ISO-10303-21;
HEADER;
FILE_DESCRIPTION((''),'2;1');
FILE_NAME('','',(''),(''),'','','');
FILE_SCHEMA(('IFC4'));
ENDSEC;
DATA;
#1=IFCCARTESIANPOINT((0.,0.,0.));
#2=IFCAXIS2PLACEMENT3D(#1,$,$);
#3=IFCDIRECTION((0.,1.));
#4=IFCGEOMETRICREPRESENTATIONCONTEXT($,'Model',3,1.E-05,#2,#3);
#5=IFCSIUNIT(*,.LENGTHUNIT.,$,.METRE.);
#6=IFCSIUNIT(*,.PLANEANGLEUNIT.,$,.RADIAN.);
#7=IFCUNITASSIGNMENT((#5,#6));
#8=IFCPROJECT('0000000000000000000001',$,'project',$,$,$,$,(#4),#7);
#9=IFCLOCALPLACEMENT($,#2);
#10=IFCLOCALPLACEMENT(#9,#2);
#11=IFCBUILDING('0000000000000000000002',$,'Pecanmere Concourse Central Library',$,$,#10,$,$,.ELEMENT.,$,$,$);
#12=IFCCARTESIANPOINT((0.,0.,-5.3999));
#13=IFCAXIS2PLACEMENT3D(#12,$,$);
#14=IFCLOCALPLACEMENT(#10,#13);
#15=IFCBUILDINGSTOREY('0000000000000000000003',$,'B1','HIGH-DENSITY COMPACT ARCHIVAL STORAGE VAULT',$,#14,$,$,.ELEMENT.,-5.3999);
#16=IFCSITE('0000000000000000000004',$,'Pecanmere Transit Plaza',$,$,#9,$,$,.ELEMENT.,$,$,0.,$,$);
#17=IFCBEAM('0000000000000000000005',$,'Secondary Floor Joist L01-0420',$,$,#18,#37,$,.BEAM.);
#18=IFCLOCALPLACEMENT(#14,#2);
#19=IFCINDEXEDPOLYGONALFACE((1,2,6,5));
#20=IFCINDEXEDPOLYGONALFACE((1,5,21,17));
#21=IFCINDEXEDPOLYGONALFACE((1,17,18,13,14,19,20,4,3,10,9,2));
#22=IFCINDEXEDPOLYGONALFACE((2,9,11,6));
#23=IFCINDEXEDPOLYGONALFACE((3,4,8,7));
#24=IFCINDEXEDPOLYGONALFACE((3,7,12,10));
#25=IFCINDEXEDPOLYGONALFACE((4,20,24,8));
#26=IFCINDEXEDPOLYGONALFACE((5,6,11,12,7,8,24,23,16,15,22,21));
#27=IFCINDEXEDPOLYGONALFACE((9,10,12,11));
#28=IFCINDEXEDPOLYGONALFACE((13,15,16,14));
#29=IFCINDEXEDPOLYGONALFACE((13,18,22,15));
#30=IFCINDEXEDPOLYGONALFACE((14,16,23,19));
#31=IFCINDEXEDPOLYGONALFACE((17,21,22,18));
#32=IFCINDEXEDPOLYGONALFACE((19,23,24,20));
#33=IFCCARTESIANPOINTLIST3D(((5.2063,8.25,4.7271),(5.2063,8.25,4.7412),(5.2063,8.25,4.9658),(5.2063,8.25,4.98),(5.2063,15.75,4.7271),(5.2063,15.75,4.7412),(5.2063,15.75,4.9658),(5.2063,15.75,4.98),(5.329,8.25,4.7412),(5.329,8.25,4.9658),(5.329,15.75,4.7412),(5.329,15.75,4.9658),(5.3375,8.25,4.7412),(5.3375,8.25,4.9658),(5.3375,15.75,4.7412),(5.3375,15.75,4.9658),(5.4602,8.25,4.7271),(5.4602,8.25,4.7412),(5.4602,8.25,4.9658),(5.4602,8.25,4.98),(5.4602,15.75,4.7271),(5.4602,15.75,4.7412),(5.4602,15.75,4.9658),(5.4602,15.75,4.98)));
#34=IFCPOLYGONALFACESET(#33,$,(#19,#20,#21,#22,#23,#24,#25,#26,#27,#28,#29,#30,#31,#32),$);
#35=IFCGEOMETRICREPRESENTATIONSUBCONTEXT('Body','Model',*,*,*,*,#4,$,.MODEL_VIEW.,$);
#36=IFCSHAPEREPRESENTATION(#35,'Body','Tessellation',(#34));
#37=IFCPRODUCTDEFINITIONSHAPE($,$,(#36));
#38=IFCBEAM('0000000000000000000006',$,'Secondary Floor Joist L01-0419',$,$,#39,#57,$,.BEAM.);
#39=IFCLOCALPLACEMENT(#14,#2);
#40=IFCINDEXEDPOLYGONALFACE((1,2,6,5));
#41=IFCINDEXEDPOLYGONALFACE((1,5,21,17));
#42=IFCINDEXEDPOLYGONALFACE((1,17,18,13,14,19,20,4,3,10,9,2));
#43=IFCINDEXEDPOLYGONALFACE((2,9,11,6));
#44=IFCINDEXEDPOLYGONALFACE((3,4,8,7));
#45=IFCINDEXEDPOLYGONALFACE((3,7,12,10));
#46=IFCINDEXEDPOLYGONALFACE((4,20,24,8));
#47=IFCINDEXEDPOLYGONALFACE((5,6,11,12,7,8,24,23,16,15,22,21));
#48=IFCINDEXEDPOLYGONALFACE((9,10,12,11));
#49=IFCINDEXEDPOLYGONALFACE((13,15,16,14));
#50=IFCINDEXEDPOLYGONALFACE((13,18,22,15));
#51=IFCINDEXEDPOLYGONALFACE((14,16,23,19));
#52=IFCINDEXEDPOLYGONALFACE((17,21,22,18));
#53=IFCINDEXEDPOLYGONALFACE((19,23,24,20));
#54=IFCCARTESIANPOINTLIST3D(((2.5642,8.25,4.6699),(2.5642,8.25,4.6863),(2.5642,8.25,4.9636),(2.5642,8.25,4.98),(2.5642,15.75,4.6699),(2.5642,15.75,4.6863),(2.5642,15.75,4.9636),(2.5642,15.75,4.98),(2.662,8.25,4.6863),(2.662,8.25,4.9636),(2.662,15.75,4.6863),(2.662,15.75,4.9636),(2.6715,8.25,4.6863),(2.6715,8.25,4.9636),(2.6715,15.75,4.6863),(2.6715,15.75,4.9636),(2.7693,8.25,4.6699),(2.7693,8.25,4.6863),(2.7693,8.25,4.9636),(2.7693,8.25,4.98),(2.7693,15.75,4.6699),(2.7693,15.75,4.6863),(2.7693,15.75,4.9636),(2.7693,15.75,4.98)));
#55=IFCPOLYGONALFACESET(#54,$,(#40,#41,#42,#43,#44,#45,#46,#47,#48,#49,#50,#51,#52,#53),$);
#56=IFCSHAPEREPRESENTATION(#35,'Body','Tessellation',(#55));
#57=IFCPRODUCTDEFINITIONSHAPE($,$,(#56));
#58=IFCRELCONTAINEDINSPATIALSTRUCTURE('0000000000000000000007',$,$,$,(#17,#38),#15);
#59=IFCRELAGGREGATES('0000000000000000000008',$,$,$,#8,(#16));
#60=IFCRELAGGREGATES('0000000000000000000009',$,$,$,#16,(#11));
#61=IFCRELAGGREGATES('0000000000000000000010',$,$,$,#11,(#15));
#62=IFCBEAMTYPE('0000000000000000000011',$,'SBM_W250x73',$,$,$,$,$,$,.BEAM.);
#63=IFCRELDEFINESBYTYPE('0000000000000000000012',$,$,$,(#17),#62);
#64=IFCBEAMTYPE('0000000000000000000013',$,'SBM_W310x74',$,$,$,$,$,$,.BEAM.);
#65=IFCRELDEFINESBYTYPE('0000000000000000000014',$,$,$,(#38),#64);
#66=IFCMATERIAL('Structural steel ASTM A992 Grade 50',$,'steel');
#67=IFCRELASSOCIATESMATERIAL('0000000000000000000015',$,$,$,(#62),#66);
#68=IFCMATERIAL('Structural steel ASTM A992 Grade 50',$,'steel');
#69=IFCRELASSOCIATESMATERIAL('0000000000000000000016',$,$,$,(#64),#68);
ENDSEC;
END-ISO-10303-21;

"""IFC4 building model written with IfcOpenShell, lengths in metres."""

from ifc_helpers import new_model, si_unit, direction, frame, origin, origin_2d, place, context, subcontext, project, spatial, i_section, extrude, material, material_profile, profile_set, type_object, element, save


model = new_model("IFC4")

# Units and contexts
model_context = context("Model", 3, precision=1e-05, world=origin(), true_north=direction((0.0, 1.0)))
body_context = subcontext(model_context, "Body", "Model", "MODEL_VIEW")
ifc_project = project(units=[si_unit("LENGTHUNIT", "METRE"), si_unit("PLANEANGLEUNIT", "RADIAN")], contexts=[model_context])

# Site, building, storey
site_placement = place(None, origin())
site = spatial("IfcSite", under=ifc_project, at=site_placement, Name="Pecanmere Transit Plaza", CompositionType="ELEMENT", RefElevation=0.0)
building_placement = place(site_placement, origin())
building = spatial("IfcBuilding", under=site, at=building_placement, Name="Pecanmere Concourse Central Library", CompositionType="ELEMENT")
storey_placement = place(building_placement, frame((0.0, 0.0, -5.3999)))
storey = spatial("IfcBuildingStorey", under=building, at=storey_placement, Name="B1", Description="HIGH-DENSITY COMPACT ARCHIVAL STORAGE VAULT", CompositionType="ELEMENT", Elevation=-5.3999)

# Beams
ifc_material_1 = material(Name="Structural steel ASTM A992 Grade 50", Category="steel")
ifc_material_profile_1 = material_profile(ifc_material_1, i_section(OverallWidth=0.2539, OverallDepth=0.2529, WebThickness=0.0085, FlangeThickness=0.0142, at=origin_2d()), Name="W250x73")
ifc_profile_set_1 = profile_set([ifc_material_profile_1], Name="Structural steel ASTM A992 Grade 50")
beam_type_1 = type_object("IfcBeamType", Name="SBM_W250x73", PredefinedType="BEAM", material=ifc_profile_set_1)
beam_1_placement = place(storey_placement, frame((5.3333, 8.25, 4.8535), z_axis=(0.0, 1.0, 0.0), x_axis=(-1.0, 0.0, 0.0)))
element("IfcBeam", 1, at=beam_1_placement, inside=storey, type_object=beam_type_1, Name="Secondary Floor Joist L01-0420", PredefinedType="BEAM", context=body_context, shape_type="SweptSolid", body=[
    extrude(i_section(OverallWidth=0.2539, OverallDepth=0.2529, WebThickness=0.0085, FlangeThickness=0.0142, at=origin_2d()), origin(), (0.0, 0.0, 1.0), 7.5),
])
ifc_material_2 = material(Name="Structural steel ASTM A992 Grade 50", Category="steel")
ifc_material_profile_2 = material_profile(ifc_material_2, i_section(OverallWidth=0.2051, OverallDepth=0.3101, WebThickness=0.0095, FlangeThickness=0.0164, at=origin_2d()), Name="W310x74")
ifc_profile_set_2 = profile_set([ifc_material_profile_2], Name="Structural steel ASTM A992 Grade 50")
beam_type_2 = type_object("IfcBeamType", Name="SBM_W310x74", PredefinedType="BEAM", material=ifc_profile_set_2)
beam_2_placement = place(storey_placement, frame((2.6667, 8.25, 4.825), z_axis=(0.0, 1.0, 0.0), x_axis=(-1.0, 0.0, 0.0)))
element("IfcBeam", 2, at=beam_2_placement, inside=storey, type_object=beam_type_2, Name="Secondary Floor Joist L01-0419", PredefinedType="BEAM", context=body_context, shape_type="SweptSolid", body=[
    extrude(i_section(OverallWidth=0.2051, OverallDepth=0.3101, WebThickness=0.0095, FlangeThickness=0.0164, at=origin_2d()), origin(), (0.0, 0.0, 1.0), 7.5),
])

save(model, "model.ifc")
